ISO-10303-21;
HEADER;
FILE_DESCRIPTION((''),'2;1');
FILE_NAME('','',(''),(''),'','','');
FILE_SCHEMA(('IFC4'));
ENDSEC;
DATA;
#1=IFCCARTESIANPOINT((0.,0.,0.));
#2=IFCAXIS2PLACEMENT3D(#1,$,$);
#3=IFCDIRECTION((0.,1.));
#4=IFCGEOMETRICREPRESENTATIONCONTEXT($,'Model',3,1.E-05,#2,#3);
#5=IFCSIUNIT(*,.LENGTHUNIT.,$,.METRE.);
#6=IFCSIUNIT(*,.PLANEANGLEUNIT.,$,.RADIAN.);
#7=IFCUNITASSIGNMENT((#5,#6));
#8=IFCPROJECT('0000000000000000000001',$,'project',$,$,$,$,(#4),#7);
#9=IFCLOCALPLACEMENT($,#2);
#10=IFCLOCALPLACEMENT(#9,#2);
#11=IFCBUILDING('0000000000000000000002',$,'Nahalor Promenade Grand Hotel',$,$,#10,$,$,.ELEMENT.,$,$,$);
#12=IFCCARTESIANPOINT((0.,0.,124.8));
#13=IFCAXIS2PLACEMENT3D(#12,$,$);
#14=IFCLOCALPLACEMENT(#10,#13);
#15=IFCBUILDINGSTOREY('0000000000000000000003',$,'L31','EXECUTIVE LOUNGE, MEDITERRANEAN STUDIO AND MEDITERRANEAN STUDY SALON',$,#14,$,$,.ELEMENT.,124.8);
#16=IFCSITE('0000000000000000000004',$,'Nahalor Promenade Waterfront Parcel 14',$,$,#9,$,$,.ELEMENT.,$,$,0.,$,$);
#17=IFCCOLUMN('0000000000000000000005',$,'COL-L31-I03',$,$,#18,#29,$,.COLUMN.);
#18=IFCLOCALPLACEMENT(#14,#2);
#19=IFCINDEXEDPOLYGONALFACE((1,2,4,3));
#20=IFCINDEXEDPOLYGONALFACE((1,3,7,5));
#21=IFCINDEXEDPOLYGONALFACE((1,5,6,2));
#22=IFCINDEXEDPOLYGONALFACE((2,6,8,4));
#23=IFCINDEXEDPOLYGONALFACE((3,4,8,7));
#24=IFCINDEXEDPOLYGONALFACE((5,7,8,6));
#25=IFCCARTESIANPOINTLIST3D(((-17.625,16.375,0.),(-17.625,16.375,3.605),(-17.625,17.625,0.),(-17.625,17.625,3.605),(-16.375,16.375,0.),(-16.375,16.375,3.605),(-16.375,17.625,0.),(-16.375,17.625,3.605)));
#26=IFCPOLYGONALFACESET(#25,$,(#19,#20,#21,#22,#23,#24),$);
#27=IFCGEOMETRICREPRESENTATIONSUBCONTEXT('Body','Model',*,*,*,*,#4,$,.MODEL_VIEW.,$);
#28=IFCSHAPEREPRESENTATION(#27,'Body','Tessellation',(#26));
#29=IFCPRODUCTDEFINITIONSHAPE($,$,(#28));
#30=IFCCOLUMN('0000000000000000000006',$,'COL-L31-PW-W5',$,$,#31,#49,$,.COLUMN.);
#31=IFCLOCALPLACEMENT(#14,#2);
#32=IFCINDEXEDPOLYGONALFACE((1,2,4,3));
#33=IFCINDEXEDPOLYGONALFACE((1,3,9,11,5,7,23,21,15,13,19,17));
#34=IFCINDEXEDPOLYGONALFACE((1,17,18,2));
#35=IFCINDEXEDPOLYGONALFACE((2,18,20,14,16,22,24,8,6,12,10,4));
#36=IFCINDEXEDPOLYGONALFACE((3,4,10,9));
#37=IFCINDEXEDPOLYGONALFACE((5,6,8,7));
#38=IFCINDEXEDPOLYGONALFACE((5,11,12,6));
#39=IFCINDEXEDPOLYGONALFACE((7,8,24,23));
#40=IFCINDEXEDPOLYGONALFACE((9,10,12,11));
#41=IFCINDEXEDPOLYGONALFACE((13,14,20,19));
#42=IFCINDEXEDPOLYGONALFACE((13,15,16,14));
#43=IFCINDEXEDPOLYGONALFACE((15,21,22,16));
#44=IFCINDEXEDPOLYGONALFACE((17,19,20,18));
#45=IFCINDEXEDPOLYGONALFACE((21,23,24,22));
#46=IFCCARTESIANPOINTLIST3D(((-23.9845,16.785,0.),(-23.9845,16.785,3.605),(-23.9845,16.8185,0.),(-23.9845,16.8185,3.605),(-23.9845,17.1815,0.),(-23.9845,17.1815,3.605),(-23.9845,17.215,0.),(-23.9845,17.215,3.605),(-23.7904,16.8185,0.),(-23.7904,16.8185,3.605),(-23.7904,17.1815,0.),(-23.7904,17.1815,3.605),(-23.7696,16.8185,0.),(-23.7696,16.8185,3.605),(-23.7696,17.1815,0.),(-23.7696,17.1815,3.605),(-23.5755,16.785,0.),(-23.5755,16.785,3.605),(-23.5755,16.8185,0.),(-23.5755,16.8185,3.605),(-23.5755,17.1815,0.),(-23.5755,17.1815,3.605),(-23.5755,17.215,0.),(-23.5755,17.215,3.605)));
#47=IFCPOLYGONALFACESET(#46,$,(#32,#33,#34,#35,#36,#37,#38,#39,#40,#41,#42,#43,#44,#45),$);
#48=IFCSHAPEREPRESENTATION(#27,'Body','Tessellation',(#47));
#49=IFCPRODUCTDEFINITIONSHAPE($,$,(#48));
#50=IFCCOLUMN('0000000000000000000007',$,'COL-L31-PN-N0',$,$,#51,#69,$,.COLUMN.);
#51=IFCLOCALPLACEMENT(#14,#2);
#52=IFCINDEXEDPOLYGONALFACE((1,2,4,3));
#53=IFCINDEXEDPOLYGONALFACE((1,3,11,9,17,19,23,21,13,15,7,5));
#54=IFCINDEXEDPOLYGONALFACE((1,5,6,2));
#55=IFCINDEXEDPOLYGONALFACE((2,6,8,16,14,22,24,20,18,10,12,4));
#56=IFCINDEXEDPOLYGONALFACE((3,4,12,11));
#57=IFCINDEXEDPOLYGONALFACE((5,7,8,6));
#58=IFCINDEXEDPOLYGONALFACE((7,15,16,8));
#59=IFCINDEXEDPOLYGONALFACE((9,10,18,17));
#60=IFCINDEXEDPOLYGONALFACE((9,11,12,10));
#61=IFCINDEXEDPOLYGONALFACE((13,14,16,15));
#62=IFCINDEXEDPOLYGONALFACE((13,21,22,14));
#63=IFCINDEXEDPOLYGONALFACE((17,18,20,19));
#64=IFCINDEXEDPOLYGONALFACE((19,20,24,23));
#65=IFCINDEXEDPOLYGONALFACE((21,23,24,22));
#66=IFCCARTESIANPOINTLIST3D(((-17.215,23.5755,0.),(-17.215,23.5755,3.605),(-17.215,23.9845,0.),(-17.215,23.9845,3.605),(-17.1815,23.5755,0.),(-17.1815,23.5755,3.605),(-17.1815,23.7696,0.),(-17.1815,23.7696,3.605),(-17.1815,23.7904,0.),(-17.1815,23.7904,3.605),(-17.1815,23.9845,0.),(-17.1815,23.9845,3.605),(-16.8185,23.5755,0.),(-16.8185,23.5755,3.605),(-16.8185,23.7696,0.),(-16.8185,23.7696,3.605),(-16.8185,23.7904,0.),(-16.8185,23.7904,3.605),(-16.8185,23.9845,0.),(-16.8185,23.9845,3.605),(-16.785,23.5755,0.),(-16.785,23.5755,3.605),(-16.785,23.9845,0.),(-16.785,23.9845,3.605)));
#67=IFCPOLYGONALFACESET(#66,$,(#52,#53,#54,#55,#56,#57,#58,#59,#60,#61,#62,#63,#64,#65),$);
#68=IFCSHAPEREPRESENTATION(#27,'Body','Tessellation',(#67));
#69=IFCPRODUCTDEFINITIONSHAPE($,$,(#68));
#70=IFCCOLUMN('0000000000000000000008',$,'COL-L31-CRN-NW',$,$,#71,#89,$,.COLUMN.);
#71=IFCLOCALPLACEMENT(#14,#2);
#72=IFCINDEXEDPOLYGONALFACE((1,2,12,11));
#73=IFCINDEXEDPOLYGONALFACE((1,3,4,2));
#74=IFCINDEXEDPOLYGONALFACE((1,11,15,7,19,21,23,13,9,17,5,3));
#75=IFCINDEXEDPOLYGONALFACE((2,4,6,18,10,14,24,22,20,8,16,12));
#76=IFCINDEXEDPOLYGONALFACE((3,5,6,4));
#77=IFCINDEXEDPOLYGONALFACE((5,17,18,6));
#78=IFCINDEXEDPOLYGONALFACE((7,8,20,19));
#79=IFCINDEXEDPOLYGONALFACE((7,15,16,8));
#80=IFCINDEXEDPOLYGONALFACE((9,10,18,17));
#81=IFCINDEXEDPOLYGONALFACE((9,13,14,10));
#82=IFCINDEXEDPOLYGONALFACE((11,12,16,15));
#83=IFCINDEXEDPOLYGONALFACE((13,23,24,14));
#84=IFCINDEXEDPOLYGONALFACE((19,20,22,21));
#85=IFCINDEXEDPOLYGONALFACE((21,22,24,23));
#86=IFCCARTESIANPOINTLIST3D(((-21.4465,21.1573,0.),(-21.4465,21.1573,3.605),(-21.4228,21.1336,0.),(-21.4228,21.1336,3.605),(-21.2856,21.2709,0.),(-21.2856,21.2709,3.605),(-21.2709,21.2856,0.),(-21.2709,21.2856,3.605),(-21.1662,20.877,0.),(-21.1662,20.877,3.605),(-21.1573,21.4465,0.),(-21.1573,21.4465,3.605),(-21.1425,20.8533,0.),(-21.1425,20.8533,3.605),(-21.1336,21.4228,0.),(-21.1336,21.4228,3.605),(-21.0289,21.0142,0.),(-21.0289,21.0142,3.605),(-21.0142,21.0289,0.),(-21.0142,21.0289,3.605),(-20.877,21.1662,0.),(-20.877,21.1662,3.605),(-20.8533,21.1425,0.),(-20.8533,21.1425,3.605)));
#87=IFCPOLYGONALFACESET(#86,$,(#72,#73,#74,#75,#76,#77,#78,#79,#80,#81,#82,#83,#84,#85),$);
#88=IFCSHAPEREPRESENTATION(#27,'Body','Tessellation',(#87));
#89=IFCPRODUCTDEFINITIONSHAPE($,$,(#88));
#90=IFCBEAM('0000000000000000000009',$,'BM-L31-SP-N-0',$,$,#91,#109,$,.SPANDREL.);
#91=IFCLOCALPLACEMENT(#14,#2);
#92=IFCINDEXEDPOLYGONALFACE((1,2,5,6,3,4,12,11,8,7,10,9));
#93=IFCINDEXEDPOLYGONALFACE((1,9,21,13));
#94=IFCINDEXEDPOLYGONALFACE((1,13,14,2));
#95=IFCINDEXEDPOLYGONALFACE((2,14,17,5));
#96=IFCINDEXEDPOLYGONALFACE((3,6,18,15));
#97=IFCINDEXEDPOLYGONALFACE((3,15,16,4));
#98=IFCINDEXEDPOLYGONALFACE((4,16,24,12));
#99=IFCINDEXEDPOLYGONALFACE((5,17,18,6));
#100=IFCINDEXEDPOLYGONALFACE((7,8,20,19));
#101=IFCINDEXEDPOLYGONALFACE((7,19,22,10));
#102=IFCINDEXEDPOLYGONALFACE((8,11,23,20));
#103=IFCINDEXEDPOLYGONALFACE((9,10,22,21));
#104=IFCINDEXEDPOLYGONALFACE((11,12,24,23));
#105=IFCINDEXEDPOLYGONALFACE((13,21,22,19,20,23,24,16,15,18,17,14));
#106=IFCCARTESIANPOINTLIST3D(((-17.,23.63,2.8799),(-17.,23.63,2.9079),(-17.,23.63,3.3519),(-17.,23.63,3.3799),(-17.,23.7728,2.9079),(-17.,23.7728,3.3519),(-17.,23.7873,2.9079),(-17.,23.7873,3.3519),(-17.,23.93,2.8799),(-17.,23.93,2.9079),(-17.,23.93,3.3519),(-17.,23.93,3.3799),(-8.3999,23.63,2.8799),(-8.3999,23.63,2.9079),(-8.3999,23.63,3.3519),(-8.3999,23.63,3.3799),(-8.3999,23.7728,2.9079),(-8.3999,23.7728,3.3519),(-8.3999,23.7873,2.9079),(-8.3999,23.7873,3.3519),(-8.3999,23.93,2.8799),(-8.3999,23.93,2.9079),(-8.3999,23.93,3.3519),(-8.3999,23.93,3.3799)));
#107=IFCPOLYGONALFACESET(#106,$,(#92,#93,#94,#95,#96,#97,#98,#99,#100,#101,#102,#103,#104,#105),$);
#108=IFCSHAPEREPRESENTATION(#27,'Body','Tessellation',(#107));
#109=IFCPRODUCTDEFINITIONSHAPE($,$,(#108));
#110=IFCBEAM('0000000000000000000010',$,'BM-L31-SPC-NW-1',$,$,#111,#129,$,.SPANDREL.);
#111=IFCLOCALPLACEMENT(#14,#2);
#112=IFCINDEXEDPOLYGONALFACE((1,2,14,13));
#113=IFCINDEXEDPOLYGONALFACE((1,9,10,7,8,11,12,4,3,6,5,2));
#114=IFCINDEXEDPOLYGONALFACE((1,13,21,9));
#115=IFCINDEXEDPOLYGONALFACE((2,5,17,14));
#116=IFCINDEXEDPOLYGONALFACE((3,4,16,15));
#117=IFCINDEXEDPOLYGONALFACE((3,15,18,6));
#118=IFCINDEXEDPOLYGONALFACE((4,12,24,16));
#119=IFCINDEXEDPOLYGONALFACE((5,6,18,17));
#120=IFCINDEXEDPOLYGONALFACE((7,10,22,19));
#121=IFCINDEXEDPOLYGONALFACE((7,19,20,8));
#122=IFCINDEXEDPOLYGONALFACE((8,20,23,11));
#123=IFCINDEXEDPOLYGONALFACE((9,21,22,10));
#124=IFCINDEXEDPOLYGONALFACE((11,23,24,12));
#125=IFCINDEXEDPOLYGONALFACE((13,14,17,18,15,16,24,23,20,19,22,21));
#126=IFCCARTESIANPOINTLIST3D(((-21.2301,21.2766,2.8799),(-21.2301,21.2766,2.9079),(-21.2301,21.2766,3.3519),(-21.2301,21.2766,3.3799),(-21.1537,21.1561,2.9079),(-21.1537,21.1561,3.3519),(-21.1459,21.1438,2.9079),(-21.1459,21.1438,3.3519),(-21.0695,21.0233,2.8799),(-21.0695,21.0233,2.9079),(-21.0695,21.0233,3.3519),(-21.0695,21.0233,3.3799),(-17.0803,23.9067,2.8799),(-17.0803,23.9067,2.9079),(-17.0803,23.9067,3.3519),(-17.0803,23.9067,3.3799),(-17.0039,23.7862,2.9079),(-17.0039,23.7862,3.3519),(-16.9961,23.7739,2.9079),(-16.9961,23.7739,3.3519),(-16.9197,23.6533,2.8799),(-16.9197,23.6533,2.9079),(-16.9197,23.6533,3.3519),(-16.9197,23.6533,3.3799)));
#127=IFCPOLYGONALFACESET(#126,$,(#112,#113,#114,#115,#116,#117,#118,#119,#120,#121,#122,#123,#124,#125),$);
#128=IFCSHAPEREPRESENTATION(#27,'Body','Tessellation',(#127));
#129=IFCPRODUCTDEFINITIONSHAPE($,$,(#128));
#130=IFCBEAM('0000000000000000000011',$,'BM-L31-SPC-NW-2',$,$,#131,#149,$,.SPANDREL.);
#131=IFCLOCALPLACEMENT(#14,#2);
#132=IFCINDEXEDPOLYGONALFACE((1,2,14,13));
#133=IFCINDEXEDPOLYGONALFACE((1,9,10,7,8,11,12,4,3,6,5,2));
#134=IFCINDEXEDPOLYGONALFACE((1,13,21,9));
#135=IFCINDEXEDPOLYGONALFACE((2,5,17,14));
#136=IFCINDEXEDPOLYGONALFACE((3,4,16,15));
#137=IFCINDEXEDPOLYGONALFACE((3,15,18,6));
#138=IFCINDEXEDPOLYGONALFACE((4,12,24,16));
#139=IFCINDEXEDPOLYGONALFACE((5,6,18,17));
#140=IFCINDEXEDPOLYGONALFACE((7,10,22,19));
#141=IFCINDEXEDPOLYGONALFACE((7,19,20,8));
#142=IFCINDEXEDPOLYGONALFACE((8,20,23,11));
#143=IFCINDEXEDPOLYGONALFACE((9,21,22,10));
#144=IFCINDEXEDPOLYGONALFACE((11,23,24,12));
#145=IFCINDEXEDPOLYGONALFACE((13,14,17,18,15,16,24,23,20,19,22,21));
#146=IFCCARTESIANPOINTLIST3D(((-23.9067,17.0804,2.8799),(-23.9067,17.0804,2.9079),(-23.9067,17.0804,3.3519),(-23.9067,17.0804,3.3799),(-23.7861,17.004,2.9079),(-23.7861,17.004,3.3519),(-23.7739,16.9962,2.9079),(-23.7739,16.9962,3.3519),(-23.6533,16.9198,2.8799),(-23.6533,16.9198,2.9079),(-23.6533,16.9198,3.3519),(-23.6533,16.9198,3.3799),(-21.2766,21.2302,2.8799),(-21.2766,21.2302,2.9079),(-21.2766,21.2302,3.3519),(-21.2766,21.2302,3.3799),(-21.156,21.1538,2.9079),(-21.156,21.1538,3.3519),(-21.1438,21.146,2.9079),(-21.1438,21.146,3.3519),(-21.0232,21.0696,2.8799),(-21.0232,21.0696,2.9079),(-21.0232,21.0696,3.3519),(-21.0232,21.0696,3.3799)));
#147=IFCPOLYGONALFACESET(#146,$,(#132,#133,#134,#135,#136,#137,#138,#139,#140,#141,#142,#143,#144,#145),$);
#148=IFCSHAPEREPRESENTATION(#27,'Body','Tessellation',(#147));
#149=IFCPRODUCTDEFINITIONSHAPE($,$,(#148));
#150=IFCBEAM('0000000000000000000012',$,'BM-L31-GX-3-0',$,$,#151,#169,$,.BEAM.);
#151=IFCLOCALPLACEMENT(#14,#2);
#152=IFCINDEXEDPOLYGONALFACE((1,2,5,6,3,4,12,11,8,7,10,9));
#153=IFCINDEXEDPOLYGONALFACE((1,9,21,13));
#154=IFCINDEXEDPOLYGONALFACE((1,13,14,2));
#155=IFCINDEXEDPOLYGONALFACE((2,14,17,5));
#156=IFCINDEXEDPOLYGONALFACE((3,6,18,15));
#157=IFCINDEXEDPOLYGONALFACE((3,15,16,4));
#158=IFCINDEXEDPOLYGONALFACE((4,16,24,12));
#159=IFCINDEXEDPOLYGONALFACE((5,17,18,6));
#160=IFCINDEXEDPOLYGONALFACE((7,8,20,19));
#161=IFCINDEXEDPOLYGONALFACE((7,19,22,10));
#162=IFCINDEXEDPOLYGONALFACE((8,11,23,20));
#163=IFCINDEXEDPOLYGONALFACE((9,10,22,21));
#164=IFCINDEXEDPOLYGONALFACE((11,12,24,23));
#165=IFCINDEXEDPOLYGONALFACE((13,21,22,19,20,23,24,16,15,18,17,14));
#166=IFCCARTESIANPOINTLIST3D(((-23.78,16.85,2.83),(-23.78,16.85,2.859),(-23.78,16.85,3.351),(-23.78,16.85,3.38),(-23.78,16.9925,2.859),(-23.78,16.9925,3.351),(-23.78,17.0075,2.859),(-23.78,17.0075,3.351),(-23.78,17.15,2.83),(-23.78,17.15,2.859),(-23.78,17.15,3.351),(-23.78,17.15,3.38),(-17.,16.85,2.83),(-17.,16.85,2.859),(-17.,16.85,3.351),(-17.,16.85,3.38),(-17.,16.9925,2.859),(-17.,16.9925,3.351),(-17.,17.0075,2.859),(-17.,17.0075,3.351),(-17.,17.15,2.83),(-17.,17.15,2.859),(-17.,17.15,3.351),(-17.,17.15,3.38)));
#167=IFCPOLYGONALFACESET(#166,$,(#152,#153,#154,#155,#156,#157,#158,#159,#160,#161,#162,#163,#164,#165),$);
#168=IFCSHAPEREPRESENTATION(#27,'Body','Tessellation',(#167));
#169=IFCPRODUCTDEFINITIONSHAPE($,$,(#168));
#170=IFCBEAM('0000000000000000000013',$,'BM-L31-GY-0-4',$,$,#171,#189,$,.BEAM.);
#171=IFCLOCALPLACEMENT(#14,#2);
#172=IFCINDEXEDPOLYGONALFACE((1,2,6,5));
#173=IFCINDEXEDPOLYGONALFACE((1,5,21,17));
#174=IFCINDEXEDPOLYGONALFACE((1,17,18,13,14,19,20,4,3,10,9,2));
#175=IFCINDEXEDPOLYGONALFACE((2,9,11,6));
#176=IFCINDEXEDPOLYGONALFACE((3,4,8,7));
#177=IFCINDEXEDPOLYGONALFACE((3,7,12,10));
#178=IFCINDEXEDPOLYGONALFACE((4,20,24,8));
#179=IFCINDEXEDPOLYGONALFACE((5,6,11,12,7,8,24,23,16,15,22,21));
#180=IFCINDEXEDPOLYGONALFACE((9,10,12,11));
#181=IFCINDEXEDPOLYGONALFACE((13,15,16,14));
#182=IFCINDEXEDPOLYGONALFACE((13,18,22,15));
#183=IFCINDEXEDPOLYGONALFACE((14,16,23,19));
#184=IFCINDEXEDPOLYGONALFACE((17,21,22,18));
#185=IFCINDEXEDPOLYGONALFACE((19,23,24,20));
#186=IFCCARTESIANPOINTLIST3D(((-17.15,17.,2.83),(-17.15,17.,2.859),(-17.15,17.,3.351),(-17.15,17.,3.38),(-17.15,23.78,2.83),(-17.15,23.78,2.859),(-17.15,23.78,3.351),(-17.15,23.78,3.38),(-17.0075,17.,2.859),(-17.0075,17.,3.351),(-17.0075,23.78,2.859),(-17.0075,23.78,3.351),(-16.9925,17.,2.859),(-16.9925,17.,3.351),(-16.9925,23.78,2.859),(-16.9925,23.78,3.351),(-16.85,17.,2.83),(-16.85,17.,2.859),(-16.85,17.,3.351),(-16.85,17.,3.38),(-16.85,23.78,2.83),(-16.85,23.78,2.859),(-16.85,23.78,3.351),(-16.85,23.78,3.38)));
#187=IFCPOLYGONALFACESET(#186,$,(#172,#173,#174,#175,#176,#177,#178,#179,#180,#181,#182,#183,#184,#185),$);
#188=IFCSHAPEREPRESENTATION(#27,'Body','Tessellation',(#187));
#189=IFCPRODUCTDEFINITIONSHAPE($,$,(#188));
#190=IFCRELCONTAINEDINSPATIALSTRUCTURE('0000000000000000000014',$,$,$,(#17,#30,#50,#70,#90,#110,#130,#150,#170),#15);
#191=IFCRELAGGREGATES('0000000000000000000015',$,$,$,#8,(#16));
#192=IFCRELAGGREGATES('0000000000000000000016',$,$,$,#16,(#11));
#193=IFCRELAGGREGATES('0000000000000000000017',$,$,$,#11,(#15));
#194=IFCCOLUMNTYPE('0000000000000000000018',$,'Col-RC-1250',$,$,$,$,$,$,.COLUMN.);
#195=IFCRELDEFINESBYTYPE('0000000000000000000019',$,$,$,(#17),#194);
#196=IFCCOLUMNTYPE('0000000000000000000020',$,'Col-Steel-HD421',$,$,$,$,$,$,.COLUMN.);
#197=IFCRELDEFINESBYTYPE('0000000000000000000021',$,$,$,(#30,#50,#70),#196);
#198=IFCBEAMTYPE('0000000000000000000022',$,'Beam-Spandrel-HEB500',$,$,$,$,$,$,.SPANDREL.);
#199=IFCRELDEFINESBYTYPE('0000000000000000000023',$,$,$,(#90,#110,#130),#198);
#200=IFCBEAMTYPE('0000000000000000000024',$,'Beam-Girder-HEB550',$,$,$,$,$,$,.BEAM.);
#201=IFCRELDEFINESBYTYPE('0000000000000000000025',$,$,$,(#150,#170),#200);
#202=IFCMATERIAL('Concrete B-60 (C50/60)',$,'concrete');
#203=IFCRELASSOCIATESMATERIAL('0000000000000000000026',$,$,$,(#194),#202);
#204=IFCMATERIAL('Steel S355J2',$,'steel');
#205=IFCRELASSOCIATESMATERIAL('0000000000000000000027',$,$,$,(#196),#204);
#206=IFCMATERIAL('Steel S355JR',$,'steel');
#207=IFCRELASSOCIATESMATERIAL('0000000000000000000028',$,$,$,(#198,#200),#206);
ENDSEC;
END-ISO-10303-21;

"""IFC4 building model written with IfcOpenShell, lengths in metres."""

from ifc_helpers import new_model, si_unit, direction, frame, origin, origin_2d, place, context, subcontext, project, spatial, rectangle, i_section, extrude, source, transform, mapped, material, material_profile, profile_set, type_object, element, save


model = new_model("IFC4")

# Units and contexts
model_context = context("Model", 3, precision=1e-05, world=origin(), true_north=direction((0.0, 1.0)))
body_context = subcontext(model_context, "Body", "Model", "MODEL_VIEW")
ifc_project = project(units=[si_unit("LENGTHUNIT", "METRE"), si_unit("PLANEANGLEUNIT", "RADIAN")], contexts=[model_context])

# Site, building, storey
site_placement = place(None, origin())
site = spatial("IfcSite", under=ifc_project, at=site_placement, Name="Nahalor Promenade Waterfront Parcel 14", CompositionType="ELEMENT", RefElevation=0.0)
building_placement = place(site_placement, origin())
building = spatial("IfcBuilding", under=site, at=building_placement, Name="Nahalor Promenade Grand Hotel", CompositionType="ELEMENT")
storey_placement = place(building_placement, frame((0.0, 0.0, 124.8)))
storey = spatial("IfcBuildingStorey", under=building, at=storey_placement, Name="L31", Description="EXECUTIVE LOUNGE, MEDITERRANEAN STUDIO AND MEDITERRANEAN STUDY SALON", CompositionType="ELEMENT", Elevation=124.8)

# Columns
ifc_material_1 = material(Name="Concrete B-60 (C50/60)", Category="concrete")
ifc_material_profile_1 = material_profile(ifc_material_1, rectangle(XDim=1.25, YDim=1.25, at=origin_2d()), Name="RC 1250x1250")
ifc_profile_set_1 = profile_set([ifc_material_profile_1], Name="Concrete B-60 (C50/60)")
column_type_1 = type_object("IfcColumnType", Name="Col-RC-1250", PredefinedType="COLUMN", material=ifc_profile_set_1)
shared_shape_1 = source(origin(), body_context, "Body", "SweptSolid", [
    extrude(rectangle(XDim=1.25, YDim=1.25, at=origin_2d()), origin(), (0.0, 0.0, 1.0), 3.605),
])
column_placement = place(storey_placement, frame((-17.0, 17.0, 0.0), z_axis=(0.0, 0.0, 1.0), x_axis=(1.0, 0.0, 0.0)))
element("IfcColumn", 1, at=column_placement, inside=storey, type_object=column_type_1, Name="COL-L31-I03", PredefinedType="COLUMN", context=body_context, shape_type="MappedRepresentation", body=[
    mapped(shared_shape_1, transform((0.0, 0.0, 0.0), scale=1.0)),
])
ifc_material_2 = material(Name="Steel S355J2", Category="steel")
ifc_material_profile_2 = material_profile(ifc_material_2, i_section(OverallWidth=0.409, OverallDepth=0.43, WebThickness=0.0208, FlangeThickness=0.0335, at=origin_2d()), Name="HD 400x421")
ifc_profile_set_2 = profile_set([ifc_material_profile_2], Name="Steel S355J2")
column_type_2 = type_object("IfcColumnType", Name="Col-Steel-HD421", PredefinedType="COLUMN", material=ifc_profile_set_2)
shared_shape_2 = source(origin(), body_context, "Body", "SweptSolid", [
    extrude(i_section(OverallWidth=0.409, OverallDepth=0.43, WebThickness=0.0208, FlangeThickness=0.0335, at=origin_2d()), origin(), (0.0, 0.0, 1.0), 3.605),
])
for number, where, z_axis, x_axis, name in (
    (2, (-23.78, 17.0, 0.0), (0.0, 0.0, 1.0), (1.0, 0.0, 0.0), "COL-L31-PW-W5"),
    (3, (-17.0, 23.78, 0.0), (0.0, 0.0, 1.0), (0.0, 1.0, 0.0), "COL-L31-PN-N0"),
    (4, (-21.1499, 21.1499, 0.0), (0.0, 0.0, 1.0), (0.707107, 0.707107, 0.0), "COL-L31-CRN-NW"),
):
    element("IfcColumn", number, at=place(storey_placement, frame(where, z_axis=z_axis, x_axis=x_axis)), inside=storey, type_object=column_type_2, Name=name, PredefinedType="COLUMN", context=body_context, shape_type="MappedRepresentation", body=[
        mapped(shared_shape_2, transform((0.0, 0.0, 0.0), scale=1.0)),
    ])

# Beams
ifc_material_3 = material(Name="Steel S355JR", Category="steel")
ifc_material_profile_3 = material_profile(ifc_material_3, i_section(OverallWidth=0.3, OverallDepth=0.5, WebThickness=0.0145, FlangeThickness=0.028, at=origin_2d()), Name="HEB 500")
ifc_profile_set_3 = profile_set([ifc_material_profile_3], Name="Steel S355JR")
beam_type_1 = type_object("IfcBeamType", Name="Beam-Spandrel-HEB500", PredefinedType="SPANDREL", material=ifc_profile_set_3)
shared_shape_3 = source(origin(), body_context, "Body", "SweptSolid", [
    extrude(i_section(OverallWidth=0.3, OverallDepth=0.5, WebThickness=0.0145, FlangeThickness=0.028, at=origin_2d()), origin(), (0.0, 0.0, 1.0), 8.6001),
])
beam_1_placement = place(storey_placement, frame((-17.0, 23.78, 3.1299), z_axis=(1.0, 0.0, 0.0), x_axis=(0.0, 1.0, 0.0)))
element("IfcBeam", 5, at=beam_1_placement, inside=storey, type_object=beam_type_1, Name="BM-L31-SP-N-0", PredefinedType="SPANDREL", context=body_context, shape_type="MappedRepresentation", body=[
    mapped(shared_shape_3, transform((0.0, 0.0, 0.0), scale=1.0)),
])
shared_shape_4 = source(origin(), body_context, "Body", "SweptSolid", [
    extrude(i_section(OverallWidth=0.3, OverallDepth=0.5, WebThickness=0.0145, FlangeThickness=0.028, at=origin_2d()), origin(), (0.0, 0.0, 1.0), 4.9131),
])
for number, where, z_axis, x_axis, name in (
    (6, (-17.0, 23.78, 3.1299), (-0.844648, -0.535322, 0.0), (0.535322, -0.844648, 0.0), "BM-L31-SPC-NW-1"),
    (7, (-21.1499, 21.1499, 3.1299), (-0.535322, -0.844648, 0.0), (0.844648, -0.535322, 0.0), "BM-L31-SPC-NW-2"),
):
    element("IfcBeam", number, at=place(storey_placement, frame(where, z_axis=z_axis, x_axis=x_axis)), inside=storey, type_object=beam_type_1, Name=name, PredefinedType="SPANDREL", context=body_context, shape_type="MappedRepresentation", body=[
        mapped(shared_shape_4, transform((0.0, 0.0, 0.0), scale=1.0)),
    ])
ifc_material_profile_4 = material_profile(ifc_material_3, i_section(OverallWidth=0.3, OverallDepth=0.55, WebThickness=0.015, FlangeThickness=0.029, at=origin_2d()), Name="HEB 550")
ifc_profile_set_4 = profile_set([ifc_material_profile_4], Name="Steel S355JR")
beam_type_2 = type_object("IfcBeamType", Name="Beam-Girder-HEB550", PredefinedType="BEAM", material=ifc_profile_set_4)
shared_shape_5 = source(origin(), body_context, "Body", "SweptSolid", [
    extrude(i_section(OverallWidth=0.3, OverallDepth=0.55, WebThickness=0.015, FlangeThickness=0.029, at=origin_2d()), origin(), (0.0, 0.0, 1.0), 6.78),
])
for number, where, z_axis, x_axis, name in (
    (8, (-23.78, 17.0, 3.105), (1.0, 0.0, 0.0), (0.0, 1.0, 0.0), "BM-L31-GX-3-0"),
    (9, (-17.0, 17.0, 3.105), (0.0, 1.0, 0.0), (-1.0, 0.0, 0.0), "BM-L31-GY-0-4"),
):
    element("IfcBeam", number, at=place(storey_placement, frame(where, z_axis=z_axis, x_axis=x_axis)), inside=storey, type_object=beam_type_2, Name=name, PredefinedType="BEAM", context=body_context, shape_type="MappedRepresentation", body=[
        mapped(shared_shape_5, transform((0.0, 0.0, 0.0), scale=1.0)),
    ])

save(model, "model.ifc")
